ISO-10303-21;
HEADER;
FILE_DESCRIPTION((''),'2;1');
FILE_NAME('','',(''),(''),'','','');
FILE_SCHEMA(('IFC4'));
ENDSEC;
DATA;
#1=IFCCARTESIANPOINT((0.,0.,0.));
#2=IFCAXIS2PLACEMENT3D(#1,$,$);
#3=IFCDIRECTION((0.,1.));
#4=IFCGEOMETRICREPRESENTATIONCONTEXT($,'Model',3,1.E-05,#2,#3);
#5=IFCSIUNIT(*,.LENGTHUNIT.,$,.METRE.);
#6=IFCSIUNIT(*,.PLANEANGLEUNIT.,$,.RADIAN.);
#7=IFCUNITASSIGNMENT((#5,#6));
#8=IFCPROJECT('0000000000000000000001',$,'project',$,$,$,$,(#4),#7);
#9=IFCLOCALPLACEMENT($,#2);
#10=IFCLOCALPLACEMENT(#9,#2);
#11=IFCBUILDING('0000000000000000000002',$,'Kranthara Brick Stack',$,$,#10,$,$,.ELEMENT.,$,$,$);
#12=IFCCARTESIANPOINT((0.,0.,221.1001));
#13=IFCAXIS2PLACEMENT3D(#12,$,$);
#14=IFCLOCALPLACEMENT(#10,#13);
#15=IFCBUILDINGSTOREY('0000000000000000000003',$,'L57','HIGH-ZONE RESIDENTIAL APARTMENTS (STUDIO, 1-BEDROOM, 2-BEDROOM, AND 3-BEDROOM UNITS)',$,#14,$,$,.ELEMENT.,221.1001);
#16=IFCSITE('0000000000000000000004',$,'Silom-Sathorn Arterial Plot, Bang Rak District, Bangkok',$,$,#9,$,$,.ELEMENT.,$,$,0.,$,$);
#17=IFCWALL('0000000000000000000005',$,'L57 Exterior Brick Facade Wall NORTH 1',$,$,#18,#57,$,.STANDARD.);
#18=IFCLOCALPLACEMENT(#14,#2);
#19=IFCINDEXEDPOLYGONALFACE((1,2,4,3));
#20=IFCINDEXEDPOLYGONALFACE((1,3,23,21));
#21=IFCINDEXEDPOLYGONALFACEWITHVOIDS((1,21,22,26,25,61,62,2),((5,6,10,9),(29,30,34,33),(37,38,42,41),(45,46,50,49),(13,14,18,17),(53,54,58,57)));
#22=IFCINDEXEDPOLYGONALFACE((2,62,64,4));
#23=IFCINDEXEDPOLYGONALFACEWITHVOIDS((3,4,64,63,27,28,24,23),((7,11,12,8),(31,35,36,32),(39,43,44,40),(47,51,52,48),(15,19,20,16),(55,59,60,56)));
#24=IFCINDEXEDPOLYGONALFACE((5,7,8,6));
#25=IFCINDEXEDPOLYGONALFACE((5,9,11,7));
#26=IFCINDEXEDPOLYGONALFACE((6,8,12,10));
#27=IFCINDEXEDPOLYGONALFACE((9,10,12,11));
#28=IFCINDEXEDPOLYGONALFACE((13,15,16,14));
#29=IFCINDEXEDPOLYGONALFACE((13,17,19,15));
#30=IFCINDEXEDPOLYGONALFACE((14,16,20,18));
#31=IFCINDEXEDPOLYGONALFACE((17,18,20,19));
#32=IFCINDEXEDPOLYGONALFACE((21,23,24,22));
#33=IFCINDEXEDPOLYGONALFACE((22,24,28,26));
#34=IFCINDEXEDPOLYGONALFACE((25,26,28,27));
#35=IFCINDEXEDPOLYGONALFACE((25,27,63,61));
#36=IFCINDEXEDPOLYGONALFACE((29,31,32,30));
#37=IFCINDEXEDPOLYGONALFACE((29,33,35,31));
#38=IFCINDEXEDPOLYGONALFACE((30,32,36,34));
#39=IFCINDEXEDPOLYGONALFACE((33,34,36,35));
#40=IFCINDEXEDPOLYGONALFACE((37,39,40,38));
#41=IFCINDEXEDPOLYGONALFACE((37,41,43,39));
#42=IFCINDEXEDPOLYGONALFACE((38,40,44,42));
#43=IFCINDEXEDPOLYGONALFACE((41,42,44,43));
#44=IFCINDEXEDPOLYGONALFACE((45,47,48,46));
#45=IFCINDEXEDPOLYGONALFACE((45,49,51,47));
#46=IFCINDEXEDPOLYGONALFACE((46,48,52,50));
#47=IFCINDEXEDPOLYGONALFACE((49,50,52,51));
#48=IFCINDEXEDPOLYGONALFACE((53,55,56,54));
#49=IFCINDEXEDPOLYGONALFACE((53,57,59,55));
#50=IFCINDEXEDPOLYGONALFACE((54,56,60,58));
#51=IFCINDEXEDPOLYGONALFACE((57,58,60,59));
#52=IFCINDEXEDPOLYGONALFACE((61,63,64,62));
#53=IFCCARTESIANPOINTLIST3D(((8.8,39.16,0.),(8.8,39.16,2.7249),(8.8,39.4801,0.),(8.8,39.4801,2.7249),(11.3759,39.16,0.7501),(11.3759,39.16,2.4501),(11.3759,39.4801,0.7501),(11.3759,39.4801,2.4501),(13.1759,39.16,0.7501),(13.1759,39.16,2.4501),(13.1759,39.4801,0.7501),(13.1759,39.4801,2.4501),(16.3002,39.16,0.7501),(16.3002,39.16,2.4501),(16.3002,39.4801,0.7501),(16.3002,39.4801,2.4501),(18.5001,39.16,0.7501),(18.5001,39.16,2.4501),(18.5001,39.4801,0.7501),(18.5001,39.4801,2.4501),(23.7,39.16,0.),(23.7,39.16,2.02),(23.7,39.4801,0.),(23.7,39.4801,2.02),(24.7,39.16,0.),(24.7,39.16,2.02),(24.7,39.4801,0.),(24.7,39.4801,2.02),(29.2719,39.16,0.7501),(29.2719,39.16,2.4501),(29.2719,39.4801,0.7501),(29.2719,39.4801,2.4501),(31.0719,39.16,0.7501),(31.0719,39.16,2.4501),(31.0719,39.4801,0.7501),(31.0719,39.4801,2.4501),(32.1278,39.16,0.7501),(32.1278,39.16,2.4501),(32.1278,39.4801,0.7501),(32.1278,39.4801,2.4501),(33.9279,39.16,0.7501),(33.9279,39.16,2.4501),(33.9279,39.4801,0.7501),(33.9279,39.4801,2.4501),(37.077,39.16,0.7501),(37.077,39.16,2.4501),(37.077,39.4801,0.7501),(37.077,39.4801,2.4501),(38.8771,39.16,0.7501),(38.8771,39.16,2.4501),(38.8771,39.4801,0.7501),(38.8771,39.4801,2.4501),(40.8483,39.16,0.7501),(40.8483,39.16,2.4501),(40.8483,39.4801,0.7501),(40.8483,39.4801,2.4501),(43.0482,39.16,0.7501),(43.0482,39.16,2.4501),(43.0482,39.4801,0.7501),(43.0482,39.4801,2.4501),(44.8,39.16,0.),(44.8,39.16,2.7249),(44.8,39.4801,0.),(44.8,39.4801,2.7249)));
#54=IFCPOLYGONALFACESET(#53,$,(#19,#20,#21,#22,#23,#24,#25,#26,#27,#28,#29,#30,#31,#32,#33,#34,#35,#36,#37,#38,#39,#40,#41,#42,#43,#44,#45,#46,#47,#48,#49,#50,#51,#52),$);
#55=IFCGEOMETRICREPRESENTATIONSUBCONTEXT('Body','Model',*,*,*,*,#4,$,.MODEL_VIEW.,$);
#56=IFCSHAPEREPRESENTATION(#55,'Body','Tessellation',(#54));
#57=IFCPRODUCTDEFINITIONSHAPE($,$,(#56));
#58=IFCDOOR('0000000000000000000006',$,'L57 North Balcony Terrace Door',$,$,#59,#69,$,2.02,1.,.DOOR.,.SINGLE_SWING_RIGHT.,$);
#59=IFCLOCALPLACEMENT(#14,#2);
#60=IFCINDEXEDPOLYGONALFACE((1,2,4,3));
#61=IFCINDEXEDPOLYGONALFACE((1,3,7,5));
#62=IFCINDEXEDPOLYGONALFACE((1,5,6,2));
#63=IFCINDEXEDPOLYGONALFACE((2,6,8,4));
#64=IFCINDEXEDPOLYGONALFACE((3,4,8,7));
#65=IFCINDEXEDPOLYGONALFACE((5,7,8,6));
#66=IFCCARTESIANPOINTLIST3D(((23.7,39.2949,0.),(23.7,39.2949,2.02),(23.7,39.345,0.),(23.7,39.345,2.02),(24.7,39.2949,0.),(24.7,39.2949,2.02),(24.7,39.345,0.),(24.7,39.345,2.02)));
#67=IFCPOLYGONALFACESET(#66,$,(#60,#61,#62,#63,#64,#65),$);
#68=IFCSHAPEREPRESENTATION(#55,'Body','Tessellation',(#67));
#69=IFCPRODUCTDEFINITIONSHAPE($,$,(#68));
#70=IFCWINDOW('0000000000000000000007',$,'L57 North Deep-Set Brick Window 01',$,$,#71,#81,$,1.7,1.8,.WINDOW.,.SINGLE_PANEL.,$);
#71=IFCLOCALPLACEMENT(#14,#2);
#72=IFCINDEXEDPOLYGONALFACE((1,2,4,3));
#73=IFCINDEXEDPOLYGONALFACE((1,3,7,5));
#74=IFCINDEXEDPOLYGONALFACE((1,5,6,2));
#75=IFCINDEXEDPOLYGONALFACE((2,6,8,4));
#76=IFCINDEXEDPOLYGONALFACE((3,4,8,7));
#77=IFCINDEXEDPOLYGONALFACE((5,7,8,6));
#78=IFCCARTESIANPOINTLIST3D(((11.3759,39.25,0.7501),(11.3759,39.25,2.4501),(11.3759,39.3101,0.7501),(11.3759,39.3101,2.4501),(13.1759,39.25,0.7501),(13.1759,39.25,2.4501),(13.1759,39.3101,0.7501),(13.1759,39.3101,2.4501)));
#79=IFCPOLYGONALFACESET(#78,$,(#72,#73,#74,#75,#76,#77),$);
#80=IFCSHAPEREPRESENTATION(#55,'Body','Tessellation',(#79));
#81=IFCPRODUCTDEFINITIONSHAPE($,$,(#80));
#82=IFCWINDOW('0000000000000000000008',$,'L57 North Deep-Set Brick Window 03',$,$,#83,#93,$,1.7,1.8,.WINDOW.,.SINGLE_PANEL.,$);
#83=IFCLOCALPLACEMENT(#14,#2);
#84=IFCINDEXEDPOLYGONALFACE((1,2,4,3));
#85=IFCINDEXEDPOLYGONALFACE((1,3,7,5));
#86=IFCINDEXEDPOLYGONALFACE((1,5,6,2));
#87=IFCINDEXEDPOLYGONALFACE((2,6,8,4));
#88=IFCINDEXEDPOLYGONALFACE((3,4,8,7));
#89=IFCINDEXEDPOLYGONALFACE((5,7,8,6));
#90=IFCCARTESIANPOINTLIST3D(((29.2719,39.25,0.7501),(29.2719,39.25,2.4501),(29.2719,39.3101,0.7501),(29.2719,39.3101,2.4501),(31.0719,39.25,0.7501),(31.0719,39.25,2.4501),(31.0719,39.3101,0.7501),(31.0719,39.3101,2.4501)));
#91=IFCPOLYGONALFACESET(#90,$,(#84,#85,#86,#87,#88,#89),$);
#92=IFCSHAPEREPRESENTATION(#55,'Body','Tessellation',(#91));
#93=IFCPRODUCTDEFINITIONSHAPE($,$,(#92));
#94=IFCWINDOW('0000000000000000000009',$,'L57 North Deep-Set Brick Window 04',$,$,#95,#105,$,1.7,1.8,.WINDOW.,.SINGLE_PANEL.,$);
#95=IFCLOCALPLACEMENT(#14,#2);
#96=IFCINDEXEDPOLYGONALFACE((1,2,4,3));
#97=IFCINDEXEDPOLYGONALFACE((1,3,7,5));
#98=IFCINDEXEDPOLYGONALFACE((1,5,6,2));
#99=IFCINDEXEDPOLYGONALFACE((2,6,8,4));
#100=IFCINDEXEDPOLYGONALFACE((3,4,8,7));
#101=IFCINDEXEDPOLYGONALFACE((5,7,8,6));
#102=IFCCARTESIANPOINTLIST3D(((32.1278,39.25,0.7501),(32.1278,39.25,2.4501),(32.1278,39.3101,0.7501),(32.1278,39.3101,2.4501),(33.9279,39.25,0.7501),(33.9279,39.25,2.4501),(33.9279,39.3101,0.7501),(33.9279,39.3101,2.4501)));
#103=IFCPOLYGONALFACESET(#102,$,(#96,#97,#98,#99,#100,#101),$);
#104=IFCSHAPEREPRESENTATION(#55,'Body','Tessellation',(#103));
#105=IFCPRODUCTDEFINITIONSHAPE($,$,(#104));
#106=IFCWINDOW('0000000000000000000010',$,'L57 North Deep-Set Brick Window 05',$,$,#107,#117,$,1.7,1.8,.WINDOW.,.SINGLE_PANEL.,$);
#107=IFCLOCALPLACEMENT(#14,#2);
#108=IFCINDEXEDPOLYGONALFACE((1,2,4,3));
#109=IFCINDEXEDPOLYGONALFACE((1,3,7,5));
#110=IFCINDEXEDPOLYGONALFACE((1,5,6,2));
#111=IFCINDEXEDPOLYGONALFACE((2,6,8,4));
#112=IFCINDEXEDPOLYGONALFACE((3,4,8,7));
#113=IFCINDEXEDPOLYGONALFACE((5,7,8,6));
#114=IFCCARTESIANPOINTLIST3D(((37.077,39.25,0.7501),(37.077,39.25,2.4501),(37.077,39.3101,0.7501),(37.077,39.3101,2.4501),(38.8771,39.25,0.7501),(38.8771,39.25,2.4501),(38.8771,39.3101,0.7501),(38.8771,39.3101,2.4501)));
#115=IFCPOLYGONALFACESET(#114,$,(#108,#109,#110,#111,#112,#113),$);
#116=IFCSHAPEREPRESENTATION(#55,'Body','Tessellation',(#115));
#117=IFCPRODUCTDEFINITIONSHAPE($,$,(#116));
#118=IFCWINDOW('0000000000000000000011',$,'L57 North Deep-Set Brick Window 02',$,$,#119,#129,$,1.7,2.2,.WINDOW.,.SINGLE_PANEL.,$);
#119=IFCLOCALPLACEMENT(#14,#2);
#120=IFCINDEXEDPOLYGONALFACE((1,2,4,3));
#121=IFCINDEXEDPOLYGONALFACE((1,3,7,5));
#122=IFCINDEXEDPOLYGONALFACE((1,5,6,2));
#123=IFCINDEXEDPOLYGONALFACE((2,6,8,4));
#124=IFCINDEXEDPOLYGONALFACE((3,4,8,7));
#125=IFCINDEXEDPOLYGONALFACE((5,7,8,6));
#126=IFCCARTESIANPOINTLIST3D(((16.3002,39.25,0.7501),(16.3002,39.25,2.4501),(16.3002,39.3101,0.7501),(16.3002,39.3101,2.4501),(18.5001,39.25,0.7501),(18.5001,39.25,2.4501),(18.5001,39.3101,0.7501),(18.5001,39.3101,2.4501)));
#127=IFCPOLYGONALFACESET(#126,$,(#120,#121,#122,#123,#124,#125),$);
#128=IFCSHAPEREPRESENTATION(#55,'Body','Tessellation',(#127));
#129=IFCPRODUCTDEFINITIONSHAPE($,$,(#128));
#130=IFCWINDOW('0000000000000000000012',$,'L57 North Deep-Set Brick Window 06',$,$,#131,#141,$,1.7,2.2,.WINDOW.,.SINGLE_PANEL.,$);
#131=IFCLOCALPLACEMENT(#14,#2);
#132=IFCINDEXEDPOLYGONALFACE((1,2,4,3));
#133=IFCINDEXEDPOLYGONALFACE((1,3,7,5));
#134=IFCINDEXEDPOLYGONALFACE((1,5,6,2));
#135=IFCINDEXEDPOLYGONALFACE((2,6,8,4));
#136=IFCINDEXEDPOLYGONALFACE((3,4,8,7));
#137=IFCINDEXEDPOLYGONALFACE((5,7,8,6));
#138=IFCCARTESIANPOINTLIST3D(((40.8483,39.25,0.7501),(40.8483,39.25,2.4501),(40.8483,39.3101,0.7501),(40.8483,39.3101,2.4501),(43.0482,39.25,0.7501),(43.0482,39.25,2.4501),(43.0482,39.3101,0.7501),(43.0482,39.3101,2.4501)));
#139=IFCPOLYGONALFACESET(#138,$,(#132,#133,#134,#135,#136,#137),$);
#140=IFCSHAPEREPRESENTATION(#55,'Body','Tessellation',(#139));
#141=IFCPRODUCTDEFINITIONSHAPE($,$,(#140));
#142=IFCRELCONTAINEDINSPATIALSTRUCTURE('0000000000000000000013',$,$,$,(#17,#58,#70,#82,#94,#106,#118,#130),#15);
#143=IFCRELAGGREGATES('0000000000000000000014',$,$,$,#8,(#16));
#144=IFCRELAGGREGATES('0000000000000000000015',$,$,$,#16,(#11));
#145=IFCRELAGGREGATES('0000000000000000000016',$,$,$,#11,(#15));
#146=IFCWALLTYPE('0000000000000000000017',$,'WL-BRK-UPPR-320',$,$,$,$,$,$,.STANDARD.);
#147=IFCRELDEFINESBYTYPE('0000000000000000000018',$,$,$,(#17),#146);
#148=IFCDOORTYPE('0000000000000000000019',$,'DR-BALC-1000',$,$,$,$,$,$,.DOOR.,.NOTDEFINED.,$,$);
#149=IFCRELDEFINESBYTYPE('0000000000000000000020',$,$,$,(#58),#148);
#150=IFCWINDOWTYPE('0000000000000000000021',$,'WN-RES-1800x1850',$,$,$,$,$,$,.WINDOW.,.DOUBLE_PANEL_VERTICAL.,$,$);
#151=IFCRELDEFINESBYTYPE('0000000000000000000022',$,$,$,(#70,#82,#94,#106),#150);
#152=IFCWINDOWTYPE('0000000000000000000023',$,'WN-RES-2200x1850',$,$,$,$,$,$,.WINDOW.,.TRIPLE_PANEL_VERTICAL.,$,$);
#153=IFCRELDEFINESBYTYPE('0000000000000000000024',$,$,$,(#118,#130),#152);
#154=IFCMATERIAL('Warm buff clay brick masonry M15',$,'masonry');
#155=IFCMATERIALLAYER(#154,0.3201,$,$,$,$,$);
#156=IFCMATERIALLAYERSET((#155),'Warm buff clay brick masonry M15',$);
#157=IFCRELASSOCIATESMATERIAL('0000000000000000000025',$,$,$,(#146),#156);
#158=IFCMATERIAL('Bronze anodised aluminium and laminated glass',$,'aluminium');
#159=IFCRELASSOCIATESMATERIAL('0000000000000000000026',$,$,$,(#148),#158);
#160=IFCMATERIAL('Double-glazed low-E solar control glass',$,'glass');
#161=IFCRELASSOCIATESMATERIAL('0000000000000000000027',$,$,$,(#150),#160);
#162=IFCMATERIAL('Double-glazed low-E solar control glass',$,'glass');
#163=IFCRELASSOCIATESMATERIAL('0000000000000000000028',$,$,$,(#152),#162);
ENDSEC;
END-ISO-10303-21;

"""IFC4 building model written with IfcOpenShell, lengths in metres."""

from ifc_helpers import new_model, si_unit, direction, frame, frame_2d, origin, place, context, subcontext, project, spatial, rectangle, extrude, material, layer, layer_set, type_object, element, fill, save


model = new_model("IFC4")

# Units and contexts
model_context = context("Model", 3, precision=1e-05, world=origin(), true_north=direction((0.0, 1.0)))
body_context = subcontext(model_context, "Body", "Model", "MODEL_VIEW")
ifc_project = project(units=[si_unit("LENGTHUNIT", "METRE"), si_unit("PLANEANGLEUNIT", "RADIAN")], contexts=[model_context])

# Site, building, storey
site_placement = place(None, origin())
site = spatial("IfcSite", under=ifc_project, at=site_placement, Name="Silom-Sathorn Arterial Plot, Bang Rak District, Bangkok", CompositionType="ELEMENT", RefElevation=0.0)
building_placement = place(site_placement, origin())
building = spatial("IfcBuilding", under=site, at=building_placement, Name="Kranthara Brick Stack", CompositionType="ELEMENT")
storey_placement = place(building_placement, frame((0.0, 0.0, 221.1001)))
storey = spatial("IfcBuildingStorey", under=building, at=storey_placement, Name="L57", Description="HIGH-ZONE RESIDENTIAL APARTMENTS (STUDIO, 1-BEDROOM, 2-BEDROOM, AND 3-BEDROOM UNITS)", CompositionType="ELEMENT", Elevation=221.1001)

# Shared definitions
ifc_material_1 = material(Name="Warm buff clay brick masonry M15", Category="masonry")
ifc_layer_1 = layer(ifc_material_1, 0.3201)
ifc_layer_set_1 = layer_set([ifc_layer_1], Name="Warm buff clay brick masonry M15")
wall_type_1 = type_object("IfcWallType", Name="WL-BRK-UPPR-320", PredefinedType="STANDARD", material=ifc_layer_set_1)

# Wall, openings, door, windows
wall_1_placement = place(storey_placement, frame((8.8, 39.3201, 0.0), z_axis=(0.0, 0.0, 1.0), x_axis=(1.0, 0.0, 0.0)))
wall_1 = element("IfcWall", 1, at=wall_1_placement, inside=storey, type_object=wall_type_1, Name="L57 Exterior Brick Facade Wall NORTH 1", PredefinedType="STANDARD", context=body_context, shape_type="SweptSolid", body=[
    extrude(rectangle(XDim=36.0, YDim=0.3201, at=frame_2d((18.0, 0.0))), origin(), (0.0, 0.0, 1.0), 2.7249),
])
opening_1_placement = place(wall_1_placement, frame((14.8999, 0.0, 0.0)))
opening_1 = element("IfcOpeningElement", 2, at=opening_1_placement, cuts=wall_1, PredefinedType="OPENING", context=body_context, shape_type="SweptSolid", body=[
    extrude(rectangle(XDim=1.0, YDim=2.02, at=frame_2d((0.5, 1.01))), frame((0.0, 0.1699, 0.0), z_axis=(0.0, -1.0, 0.0), x_axis=(1.0, 0.0, 0.0)), (0.0, 0.0, 1.0), 0.3401),
])
opening_2_placement = place(wall_1_placement, frame((2.5759, 0.0, 0.75)))
opening_2 = element("IfcOpeningElement", 3, at=opening_2_placement, cuts=wall_1, PredefinedType="OPENING", context=body_context, shape_type="SweptSolid", body=[
    extrude(rectangle(XDim=1.8, YDim=1.7, at=frame_2d((0.8999, 0.8501))), frame((0.0, 0.1699, 0.0), z_axis=(0.0, -1.0, 0.0), x_axis=(1.0, 0.0, 0.0)), (0.0, 0.0, 1.0), 0.3401),
])
opening_3_placement = place(wall_1_placement, frame((7.5, 0.0, 0.75)))
opening_3 = element("IfcOpeningElement", 4, at=opening_3_placement, cuts=wall_1, PredefinedType="OPENING", context=body_context, shape_type="SweptSolid", body=[
    extrude(rectangle(XDim=2.2, YDim=1.7, at=frame_2d((1.1001, 0.8501))), frame((0.0, 0.1699, 0.0), z_axis=(0.0, -1.0, 0.0), x_axis=(1.0, 0.0, 0.0)), (0.0, 0.0, 1.0), 0.3401),
])
opening_4_placement = place(wall_1_placement, frame((20.4719, 0.0, 0.75)))
opening_4 = element("IfcOpeningElement", 5, at=opening_4_placement, cuts=wall_1, PredefinedType="OPENING", context=body_context, shape_type="SweptSolid", body=[
    extrude(rectangle(XDim=1.8, YDim=1.7, at=frame_2d((0.8999, 0.8501))), frame((0.0, 0.1699, 0.0), z_axis=(0.0, -1.0, 0.0), x_axis=(1.0, 0.0, 0.0)), (0.0, 0.0, 1.0), 0.3401),
])
opening_5_placement = place(wall_1_placement, frame((23.3279, 0.0, 0.75)))
opening_5 = element("IfcOpeningElement", 6, at=opening_5_placement, cuts=wall_1, PredefinedType="OPENING", context=body_context, shape_type="SweptSolid", body=[
    extrude(rectangle(XDim=1.8, YDim=1.7, at=frame_2d((0.8999, 0.8501))), frame((0.0, 0.1699, 0.0), z_axis=(0.0, -1.0, 0.0), x_axis=(1.0, 0.0, 0.0)), (0.0, 0.0, 1.0), 0.3401),
])
opening_6_placement = place(wall_1_placement, frame((28.2771, 0.0, 0.75)))
opening_6 = element("IfcOpeningElement", 7, at=opening_6_placement, cuts=wall_1, PredefinedType="OPENING", context=body_context, shape_type="SweptSolid", body=[
    extrude(rectangle(XDim=1.8, YDim=1.7, at=frame_2d((0.8999, 0.8501))), frame((0.0, 0.1699, 0.0), z_axis=(0.0, -1.0, 0.0), x_axis=(1.0, 0.0, 0.0)), (0.0, 0.0, 1.0), 0.3401),
])
opening_7_placement = place(wall_1_placement, frame((32.0481, 0.0, 0.75)))
opening_7 = element("IfcOpeningElement", 8, at=opening_7_placement, cuts=wall_1, PredefinedType="OPENING", context=body_context, shape_type="SweptSolid", body=[
    extrude(rectangle(XDim=2.2, YDim=1.7, at=frame_2d((1.1001, 0.8501))), frame((0.0, 0.1699, 0.0), z_axis=(0.0, -1.0, 0.0), x_axis=(1.0, 0.0, 0.0)), (0.0, 0.0, 1.0), 0.3401),
])
ifc_material_2 = material(Name="Bronze anodised aluminium and laminated glass", Category="aluminium")
door_type_1 = type_object("IfcDoorType", Name="DR-BALC-1000", OperationType="NOTDEFINED", PredefinedType="DOOR", material=ifc_material_2)
door_1_placement = place(opening_1_placement, origin())
door_1 = element("IfcDoor", 9, at=door_1_placement, inside=storey, type_object=door_type_1, Name="L57 North Balcony Terrace Door", OperationType="SINGLE_SWING_RIGHT", OverallHeight=2.02, OverallWidth=1.0, PredefinedType="DOOR", context=body_context, shape_type="SweptSolid", body=[
    extrude(rectangle(XDim=1.0, YDim=2.02, at=frame_2d((0.5, 1.01))), frame((0.0, 0.0249, 0.0), z_axis=(0.0, -1.0, 0.0), x_axis=(1.0, 0.0, 0.0)), (0.0, 0.0, 1.0), 0.05),
])
fill(opening_1, door_1)
ifc_material_3 = material(Name="Double-glazed low-E solar control glass", Category="glass")
window_type_1 = type_object("IfcWindowType", Name="WN-RES-1800x1850", PartitioningType="DOUBLE_PANEL_VERTICAL", PredefinedType="WINDOW", material=ifc_material_3)
window_1_placement = place(opening_2_placement, origin())
window_1 = element("IfcWindow", 10, at=window_1_placement, inside=storey, type_object=window_type_1, Name="L57 North Deep-Set Brick Window 01", OverallHeight=1.7, OverallWidth=1.8, PartitioningType="SINGLE_PANEL", PredefinedType="WINDOW", context=body_context, shape_type="SweptSolid", body=[
    extrude(rectangle(XDim=1.8, YDim=1.7, at=frame_2d((0.8999, 0.8501))), frame((0.0, -0.01, 0.0), z_axis=(0.0, -1.0, 0.0), x_axis=(1.0, 0.0, 0.0)), (0.0, 0.0, 1.0), 0.0601),
])
fill(opening_2, window_1)
window_2_placement = place(opening_4_placement, origin())
window_2 = element("IfcWindow", 11, at=window_2_placement, inside=storey, type_object=window_type_1, Name="L57 North Deep-Set Brick Window 03", OverallHeight=1.7, OverallWidth=1.8, PartitioningType="SINGLE_PANEL", PredefinedType="WINDOW", context=body_context, shape_type="SweptSolid", body=[
    extrude(rectangle(XDim=1.8, YDim=1.7, at=frame_2d((0.8999, 0.8501))), frame((0.0, -0.01, 0.0), z_axis=(0.0, -1.0, 0.0), x_axis=(1.0, 0.0, 0.0)), (0.0, 0.0, 1.0), 0.0601),
])
fill(opening_4, window_2)
window_3_placement = place(opening_5_placement, origin())
window_3 = element("IfcWindow", 12, at=window_3_placement, inside=storey, type_object=window_type_1, Name="L57 North Deep-Set Brick Window 04", OverallHeight=1.7, OverallWidth=1.8, PartitioningType="SINGLE_PANEL", PredefinedType="WINDOW", context=body_context, shape_type="SweptSolid", body=[
    extrude(rectangle(XDim=1.8, YDim=1.7, at=frame_2d((0.8999, 0.8501))), frame((0.0, -0.01, 0.0), z_axis=(0.0, -1.0, 0.0), x_axis=(1.0, 0.0, 0.0)), (0.0, 0.0, 1.0), 0.0601),
])
fill(opening_5, window_3)
window_4_placement = place(opening_6_placement, origin())
window_4 = element("IfcWindow", 13, at=window_4_placement, inside=storey, type_object=window_type_1, Name="L57 North Deep-Set Brick Window 05", OverallHeight=1.7, OverallWidth=1.8, PartitioningType="SINGLE_PANEL", PredefinedType="WINDOW", context=body_context, shape_type="SweptSolid", body=[
    extrude(rectangle(XDim=1.8, YDim=1.7, at=frame_2d((0.8999, 0.8501))), frame((0.0, -0.01, 0.0), z_axis=(0.0, -1.0, 0.0), x_axis=(1.0, 0.0, 0.0)), (0.0, 0.0, 1.0), 0.0601),
])
fill(opening_6, window_4)
ifc_material_4 = material(Name="Double-glazed low-E solar control glass", Category="glass")
window_type_2 = type_object("IfcWindowType", Name="WN-RES-2200x1850", PartitioningType="TRIPLE_PANEL_VERTICAL", PredefinedType="WINDOW", material=ifc_material_4)
window_5_placement = place(opening_3_placement, origin())
window_5 = element("IfcWindow", 14, at=window_5_placement, inside=storey, type_object=window_type_2, Name="L57 North Deep-Set Brick Window 02", OverallHeight=1.7, OverallWidth=2.2, PartitioningType="SINGLE_PANEL", PredefinedType="WINDOW", context=body_context, shape_type="SweptSolid", body=[
    extrude(rectangle(XDim=2.2, YDim=1.7, at=frame_2d((1.1001, 0.8501))), frame((0.0, -0.01, 0.0), z_axis=(0.0, -1.0, 0.0), x_axis=(1.0, 0.0, 0.0)), (0.0, 0.0, 1.0), 0.0601),
])
fill(opening_3, window_5)
window_6_placement = place(opening_7_placement, origin())
window_6 = element("IfcWindow", 15, at=window_6_placement, inside=storey, type_object=window_type_2, Name="L57 North Deep-Set Brick Window 06", OverallHeight=1.7, OverallWidth=2.2, PartitioningType="SINGLE_PANEL", PredefinedType="WINDOW", context=body_context, shape_type="SweptSolid", body=[
    extrude(rectangle(XDim=2.2, YDim=1.7, at=frame_2d((1.1001, 0.8501))), frame((0.0, -0.01, 0.0), z_axis=(0.0, -1.0, 0.0), x_axis=(1.0, 0.0, 0.0)), (0.0, 0.0, 1.0), 0.0601),
])
fill(opening_7, window_6)

save(model, "model.ifc")
